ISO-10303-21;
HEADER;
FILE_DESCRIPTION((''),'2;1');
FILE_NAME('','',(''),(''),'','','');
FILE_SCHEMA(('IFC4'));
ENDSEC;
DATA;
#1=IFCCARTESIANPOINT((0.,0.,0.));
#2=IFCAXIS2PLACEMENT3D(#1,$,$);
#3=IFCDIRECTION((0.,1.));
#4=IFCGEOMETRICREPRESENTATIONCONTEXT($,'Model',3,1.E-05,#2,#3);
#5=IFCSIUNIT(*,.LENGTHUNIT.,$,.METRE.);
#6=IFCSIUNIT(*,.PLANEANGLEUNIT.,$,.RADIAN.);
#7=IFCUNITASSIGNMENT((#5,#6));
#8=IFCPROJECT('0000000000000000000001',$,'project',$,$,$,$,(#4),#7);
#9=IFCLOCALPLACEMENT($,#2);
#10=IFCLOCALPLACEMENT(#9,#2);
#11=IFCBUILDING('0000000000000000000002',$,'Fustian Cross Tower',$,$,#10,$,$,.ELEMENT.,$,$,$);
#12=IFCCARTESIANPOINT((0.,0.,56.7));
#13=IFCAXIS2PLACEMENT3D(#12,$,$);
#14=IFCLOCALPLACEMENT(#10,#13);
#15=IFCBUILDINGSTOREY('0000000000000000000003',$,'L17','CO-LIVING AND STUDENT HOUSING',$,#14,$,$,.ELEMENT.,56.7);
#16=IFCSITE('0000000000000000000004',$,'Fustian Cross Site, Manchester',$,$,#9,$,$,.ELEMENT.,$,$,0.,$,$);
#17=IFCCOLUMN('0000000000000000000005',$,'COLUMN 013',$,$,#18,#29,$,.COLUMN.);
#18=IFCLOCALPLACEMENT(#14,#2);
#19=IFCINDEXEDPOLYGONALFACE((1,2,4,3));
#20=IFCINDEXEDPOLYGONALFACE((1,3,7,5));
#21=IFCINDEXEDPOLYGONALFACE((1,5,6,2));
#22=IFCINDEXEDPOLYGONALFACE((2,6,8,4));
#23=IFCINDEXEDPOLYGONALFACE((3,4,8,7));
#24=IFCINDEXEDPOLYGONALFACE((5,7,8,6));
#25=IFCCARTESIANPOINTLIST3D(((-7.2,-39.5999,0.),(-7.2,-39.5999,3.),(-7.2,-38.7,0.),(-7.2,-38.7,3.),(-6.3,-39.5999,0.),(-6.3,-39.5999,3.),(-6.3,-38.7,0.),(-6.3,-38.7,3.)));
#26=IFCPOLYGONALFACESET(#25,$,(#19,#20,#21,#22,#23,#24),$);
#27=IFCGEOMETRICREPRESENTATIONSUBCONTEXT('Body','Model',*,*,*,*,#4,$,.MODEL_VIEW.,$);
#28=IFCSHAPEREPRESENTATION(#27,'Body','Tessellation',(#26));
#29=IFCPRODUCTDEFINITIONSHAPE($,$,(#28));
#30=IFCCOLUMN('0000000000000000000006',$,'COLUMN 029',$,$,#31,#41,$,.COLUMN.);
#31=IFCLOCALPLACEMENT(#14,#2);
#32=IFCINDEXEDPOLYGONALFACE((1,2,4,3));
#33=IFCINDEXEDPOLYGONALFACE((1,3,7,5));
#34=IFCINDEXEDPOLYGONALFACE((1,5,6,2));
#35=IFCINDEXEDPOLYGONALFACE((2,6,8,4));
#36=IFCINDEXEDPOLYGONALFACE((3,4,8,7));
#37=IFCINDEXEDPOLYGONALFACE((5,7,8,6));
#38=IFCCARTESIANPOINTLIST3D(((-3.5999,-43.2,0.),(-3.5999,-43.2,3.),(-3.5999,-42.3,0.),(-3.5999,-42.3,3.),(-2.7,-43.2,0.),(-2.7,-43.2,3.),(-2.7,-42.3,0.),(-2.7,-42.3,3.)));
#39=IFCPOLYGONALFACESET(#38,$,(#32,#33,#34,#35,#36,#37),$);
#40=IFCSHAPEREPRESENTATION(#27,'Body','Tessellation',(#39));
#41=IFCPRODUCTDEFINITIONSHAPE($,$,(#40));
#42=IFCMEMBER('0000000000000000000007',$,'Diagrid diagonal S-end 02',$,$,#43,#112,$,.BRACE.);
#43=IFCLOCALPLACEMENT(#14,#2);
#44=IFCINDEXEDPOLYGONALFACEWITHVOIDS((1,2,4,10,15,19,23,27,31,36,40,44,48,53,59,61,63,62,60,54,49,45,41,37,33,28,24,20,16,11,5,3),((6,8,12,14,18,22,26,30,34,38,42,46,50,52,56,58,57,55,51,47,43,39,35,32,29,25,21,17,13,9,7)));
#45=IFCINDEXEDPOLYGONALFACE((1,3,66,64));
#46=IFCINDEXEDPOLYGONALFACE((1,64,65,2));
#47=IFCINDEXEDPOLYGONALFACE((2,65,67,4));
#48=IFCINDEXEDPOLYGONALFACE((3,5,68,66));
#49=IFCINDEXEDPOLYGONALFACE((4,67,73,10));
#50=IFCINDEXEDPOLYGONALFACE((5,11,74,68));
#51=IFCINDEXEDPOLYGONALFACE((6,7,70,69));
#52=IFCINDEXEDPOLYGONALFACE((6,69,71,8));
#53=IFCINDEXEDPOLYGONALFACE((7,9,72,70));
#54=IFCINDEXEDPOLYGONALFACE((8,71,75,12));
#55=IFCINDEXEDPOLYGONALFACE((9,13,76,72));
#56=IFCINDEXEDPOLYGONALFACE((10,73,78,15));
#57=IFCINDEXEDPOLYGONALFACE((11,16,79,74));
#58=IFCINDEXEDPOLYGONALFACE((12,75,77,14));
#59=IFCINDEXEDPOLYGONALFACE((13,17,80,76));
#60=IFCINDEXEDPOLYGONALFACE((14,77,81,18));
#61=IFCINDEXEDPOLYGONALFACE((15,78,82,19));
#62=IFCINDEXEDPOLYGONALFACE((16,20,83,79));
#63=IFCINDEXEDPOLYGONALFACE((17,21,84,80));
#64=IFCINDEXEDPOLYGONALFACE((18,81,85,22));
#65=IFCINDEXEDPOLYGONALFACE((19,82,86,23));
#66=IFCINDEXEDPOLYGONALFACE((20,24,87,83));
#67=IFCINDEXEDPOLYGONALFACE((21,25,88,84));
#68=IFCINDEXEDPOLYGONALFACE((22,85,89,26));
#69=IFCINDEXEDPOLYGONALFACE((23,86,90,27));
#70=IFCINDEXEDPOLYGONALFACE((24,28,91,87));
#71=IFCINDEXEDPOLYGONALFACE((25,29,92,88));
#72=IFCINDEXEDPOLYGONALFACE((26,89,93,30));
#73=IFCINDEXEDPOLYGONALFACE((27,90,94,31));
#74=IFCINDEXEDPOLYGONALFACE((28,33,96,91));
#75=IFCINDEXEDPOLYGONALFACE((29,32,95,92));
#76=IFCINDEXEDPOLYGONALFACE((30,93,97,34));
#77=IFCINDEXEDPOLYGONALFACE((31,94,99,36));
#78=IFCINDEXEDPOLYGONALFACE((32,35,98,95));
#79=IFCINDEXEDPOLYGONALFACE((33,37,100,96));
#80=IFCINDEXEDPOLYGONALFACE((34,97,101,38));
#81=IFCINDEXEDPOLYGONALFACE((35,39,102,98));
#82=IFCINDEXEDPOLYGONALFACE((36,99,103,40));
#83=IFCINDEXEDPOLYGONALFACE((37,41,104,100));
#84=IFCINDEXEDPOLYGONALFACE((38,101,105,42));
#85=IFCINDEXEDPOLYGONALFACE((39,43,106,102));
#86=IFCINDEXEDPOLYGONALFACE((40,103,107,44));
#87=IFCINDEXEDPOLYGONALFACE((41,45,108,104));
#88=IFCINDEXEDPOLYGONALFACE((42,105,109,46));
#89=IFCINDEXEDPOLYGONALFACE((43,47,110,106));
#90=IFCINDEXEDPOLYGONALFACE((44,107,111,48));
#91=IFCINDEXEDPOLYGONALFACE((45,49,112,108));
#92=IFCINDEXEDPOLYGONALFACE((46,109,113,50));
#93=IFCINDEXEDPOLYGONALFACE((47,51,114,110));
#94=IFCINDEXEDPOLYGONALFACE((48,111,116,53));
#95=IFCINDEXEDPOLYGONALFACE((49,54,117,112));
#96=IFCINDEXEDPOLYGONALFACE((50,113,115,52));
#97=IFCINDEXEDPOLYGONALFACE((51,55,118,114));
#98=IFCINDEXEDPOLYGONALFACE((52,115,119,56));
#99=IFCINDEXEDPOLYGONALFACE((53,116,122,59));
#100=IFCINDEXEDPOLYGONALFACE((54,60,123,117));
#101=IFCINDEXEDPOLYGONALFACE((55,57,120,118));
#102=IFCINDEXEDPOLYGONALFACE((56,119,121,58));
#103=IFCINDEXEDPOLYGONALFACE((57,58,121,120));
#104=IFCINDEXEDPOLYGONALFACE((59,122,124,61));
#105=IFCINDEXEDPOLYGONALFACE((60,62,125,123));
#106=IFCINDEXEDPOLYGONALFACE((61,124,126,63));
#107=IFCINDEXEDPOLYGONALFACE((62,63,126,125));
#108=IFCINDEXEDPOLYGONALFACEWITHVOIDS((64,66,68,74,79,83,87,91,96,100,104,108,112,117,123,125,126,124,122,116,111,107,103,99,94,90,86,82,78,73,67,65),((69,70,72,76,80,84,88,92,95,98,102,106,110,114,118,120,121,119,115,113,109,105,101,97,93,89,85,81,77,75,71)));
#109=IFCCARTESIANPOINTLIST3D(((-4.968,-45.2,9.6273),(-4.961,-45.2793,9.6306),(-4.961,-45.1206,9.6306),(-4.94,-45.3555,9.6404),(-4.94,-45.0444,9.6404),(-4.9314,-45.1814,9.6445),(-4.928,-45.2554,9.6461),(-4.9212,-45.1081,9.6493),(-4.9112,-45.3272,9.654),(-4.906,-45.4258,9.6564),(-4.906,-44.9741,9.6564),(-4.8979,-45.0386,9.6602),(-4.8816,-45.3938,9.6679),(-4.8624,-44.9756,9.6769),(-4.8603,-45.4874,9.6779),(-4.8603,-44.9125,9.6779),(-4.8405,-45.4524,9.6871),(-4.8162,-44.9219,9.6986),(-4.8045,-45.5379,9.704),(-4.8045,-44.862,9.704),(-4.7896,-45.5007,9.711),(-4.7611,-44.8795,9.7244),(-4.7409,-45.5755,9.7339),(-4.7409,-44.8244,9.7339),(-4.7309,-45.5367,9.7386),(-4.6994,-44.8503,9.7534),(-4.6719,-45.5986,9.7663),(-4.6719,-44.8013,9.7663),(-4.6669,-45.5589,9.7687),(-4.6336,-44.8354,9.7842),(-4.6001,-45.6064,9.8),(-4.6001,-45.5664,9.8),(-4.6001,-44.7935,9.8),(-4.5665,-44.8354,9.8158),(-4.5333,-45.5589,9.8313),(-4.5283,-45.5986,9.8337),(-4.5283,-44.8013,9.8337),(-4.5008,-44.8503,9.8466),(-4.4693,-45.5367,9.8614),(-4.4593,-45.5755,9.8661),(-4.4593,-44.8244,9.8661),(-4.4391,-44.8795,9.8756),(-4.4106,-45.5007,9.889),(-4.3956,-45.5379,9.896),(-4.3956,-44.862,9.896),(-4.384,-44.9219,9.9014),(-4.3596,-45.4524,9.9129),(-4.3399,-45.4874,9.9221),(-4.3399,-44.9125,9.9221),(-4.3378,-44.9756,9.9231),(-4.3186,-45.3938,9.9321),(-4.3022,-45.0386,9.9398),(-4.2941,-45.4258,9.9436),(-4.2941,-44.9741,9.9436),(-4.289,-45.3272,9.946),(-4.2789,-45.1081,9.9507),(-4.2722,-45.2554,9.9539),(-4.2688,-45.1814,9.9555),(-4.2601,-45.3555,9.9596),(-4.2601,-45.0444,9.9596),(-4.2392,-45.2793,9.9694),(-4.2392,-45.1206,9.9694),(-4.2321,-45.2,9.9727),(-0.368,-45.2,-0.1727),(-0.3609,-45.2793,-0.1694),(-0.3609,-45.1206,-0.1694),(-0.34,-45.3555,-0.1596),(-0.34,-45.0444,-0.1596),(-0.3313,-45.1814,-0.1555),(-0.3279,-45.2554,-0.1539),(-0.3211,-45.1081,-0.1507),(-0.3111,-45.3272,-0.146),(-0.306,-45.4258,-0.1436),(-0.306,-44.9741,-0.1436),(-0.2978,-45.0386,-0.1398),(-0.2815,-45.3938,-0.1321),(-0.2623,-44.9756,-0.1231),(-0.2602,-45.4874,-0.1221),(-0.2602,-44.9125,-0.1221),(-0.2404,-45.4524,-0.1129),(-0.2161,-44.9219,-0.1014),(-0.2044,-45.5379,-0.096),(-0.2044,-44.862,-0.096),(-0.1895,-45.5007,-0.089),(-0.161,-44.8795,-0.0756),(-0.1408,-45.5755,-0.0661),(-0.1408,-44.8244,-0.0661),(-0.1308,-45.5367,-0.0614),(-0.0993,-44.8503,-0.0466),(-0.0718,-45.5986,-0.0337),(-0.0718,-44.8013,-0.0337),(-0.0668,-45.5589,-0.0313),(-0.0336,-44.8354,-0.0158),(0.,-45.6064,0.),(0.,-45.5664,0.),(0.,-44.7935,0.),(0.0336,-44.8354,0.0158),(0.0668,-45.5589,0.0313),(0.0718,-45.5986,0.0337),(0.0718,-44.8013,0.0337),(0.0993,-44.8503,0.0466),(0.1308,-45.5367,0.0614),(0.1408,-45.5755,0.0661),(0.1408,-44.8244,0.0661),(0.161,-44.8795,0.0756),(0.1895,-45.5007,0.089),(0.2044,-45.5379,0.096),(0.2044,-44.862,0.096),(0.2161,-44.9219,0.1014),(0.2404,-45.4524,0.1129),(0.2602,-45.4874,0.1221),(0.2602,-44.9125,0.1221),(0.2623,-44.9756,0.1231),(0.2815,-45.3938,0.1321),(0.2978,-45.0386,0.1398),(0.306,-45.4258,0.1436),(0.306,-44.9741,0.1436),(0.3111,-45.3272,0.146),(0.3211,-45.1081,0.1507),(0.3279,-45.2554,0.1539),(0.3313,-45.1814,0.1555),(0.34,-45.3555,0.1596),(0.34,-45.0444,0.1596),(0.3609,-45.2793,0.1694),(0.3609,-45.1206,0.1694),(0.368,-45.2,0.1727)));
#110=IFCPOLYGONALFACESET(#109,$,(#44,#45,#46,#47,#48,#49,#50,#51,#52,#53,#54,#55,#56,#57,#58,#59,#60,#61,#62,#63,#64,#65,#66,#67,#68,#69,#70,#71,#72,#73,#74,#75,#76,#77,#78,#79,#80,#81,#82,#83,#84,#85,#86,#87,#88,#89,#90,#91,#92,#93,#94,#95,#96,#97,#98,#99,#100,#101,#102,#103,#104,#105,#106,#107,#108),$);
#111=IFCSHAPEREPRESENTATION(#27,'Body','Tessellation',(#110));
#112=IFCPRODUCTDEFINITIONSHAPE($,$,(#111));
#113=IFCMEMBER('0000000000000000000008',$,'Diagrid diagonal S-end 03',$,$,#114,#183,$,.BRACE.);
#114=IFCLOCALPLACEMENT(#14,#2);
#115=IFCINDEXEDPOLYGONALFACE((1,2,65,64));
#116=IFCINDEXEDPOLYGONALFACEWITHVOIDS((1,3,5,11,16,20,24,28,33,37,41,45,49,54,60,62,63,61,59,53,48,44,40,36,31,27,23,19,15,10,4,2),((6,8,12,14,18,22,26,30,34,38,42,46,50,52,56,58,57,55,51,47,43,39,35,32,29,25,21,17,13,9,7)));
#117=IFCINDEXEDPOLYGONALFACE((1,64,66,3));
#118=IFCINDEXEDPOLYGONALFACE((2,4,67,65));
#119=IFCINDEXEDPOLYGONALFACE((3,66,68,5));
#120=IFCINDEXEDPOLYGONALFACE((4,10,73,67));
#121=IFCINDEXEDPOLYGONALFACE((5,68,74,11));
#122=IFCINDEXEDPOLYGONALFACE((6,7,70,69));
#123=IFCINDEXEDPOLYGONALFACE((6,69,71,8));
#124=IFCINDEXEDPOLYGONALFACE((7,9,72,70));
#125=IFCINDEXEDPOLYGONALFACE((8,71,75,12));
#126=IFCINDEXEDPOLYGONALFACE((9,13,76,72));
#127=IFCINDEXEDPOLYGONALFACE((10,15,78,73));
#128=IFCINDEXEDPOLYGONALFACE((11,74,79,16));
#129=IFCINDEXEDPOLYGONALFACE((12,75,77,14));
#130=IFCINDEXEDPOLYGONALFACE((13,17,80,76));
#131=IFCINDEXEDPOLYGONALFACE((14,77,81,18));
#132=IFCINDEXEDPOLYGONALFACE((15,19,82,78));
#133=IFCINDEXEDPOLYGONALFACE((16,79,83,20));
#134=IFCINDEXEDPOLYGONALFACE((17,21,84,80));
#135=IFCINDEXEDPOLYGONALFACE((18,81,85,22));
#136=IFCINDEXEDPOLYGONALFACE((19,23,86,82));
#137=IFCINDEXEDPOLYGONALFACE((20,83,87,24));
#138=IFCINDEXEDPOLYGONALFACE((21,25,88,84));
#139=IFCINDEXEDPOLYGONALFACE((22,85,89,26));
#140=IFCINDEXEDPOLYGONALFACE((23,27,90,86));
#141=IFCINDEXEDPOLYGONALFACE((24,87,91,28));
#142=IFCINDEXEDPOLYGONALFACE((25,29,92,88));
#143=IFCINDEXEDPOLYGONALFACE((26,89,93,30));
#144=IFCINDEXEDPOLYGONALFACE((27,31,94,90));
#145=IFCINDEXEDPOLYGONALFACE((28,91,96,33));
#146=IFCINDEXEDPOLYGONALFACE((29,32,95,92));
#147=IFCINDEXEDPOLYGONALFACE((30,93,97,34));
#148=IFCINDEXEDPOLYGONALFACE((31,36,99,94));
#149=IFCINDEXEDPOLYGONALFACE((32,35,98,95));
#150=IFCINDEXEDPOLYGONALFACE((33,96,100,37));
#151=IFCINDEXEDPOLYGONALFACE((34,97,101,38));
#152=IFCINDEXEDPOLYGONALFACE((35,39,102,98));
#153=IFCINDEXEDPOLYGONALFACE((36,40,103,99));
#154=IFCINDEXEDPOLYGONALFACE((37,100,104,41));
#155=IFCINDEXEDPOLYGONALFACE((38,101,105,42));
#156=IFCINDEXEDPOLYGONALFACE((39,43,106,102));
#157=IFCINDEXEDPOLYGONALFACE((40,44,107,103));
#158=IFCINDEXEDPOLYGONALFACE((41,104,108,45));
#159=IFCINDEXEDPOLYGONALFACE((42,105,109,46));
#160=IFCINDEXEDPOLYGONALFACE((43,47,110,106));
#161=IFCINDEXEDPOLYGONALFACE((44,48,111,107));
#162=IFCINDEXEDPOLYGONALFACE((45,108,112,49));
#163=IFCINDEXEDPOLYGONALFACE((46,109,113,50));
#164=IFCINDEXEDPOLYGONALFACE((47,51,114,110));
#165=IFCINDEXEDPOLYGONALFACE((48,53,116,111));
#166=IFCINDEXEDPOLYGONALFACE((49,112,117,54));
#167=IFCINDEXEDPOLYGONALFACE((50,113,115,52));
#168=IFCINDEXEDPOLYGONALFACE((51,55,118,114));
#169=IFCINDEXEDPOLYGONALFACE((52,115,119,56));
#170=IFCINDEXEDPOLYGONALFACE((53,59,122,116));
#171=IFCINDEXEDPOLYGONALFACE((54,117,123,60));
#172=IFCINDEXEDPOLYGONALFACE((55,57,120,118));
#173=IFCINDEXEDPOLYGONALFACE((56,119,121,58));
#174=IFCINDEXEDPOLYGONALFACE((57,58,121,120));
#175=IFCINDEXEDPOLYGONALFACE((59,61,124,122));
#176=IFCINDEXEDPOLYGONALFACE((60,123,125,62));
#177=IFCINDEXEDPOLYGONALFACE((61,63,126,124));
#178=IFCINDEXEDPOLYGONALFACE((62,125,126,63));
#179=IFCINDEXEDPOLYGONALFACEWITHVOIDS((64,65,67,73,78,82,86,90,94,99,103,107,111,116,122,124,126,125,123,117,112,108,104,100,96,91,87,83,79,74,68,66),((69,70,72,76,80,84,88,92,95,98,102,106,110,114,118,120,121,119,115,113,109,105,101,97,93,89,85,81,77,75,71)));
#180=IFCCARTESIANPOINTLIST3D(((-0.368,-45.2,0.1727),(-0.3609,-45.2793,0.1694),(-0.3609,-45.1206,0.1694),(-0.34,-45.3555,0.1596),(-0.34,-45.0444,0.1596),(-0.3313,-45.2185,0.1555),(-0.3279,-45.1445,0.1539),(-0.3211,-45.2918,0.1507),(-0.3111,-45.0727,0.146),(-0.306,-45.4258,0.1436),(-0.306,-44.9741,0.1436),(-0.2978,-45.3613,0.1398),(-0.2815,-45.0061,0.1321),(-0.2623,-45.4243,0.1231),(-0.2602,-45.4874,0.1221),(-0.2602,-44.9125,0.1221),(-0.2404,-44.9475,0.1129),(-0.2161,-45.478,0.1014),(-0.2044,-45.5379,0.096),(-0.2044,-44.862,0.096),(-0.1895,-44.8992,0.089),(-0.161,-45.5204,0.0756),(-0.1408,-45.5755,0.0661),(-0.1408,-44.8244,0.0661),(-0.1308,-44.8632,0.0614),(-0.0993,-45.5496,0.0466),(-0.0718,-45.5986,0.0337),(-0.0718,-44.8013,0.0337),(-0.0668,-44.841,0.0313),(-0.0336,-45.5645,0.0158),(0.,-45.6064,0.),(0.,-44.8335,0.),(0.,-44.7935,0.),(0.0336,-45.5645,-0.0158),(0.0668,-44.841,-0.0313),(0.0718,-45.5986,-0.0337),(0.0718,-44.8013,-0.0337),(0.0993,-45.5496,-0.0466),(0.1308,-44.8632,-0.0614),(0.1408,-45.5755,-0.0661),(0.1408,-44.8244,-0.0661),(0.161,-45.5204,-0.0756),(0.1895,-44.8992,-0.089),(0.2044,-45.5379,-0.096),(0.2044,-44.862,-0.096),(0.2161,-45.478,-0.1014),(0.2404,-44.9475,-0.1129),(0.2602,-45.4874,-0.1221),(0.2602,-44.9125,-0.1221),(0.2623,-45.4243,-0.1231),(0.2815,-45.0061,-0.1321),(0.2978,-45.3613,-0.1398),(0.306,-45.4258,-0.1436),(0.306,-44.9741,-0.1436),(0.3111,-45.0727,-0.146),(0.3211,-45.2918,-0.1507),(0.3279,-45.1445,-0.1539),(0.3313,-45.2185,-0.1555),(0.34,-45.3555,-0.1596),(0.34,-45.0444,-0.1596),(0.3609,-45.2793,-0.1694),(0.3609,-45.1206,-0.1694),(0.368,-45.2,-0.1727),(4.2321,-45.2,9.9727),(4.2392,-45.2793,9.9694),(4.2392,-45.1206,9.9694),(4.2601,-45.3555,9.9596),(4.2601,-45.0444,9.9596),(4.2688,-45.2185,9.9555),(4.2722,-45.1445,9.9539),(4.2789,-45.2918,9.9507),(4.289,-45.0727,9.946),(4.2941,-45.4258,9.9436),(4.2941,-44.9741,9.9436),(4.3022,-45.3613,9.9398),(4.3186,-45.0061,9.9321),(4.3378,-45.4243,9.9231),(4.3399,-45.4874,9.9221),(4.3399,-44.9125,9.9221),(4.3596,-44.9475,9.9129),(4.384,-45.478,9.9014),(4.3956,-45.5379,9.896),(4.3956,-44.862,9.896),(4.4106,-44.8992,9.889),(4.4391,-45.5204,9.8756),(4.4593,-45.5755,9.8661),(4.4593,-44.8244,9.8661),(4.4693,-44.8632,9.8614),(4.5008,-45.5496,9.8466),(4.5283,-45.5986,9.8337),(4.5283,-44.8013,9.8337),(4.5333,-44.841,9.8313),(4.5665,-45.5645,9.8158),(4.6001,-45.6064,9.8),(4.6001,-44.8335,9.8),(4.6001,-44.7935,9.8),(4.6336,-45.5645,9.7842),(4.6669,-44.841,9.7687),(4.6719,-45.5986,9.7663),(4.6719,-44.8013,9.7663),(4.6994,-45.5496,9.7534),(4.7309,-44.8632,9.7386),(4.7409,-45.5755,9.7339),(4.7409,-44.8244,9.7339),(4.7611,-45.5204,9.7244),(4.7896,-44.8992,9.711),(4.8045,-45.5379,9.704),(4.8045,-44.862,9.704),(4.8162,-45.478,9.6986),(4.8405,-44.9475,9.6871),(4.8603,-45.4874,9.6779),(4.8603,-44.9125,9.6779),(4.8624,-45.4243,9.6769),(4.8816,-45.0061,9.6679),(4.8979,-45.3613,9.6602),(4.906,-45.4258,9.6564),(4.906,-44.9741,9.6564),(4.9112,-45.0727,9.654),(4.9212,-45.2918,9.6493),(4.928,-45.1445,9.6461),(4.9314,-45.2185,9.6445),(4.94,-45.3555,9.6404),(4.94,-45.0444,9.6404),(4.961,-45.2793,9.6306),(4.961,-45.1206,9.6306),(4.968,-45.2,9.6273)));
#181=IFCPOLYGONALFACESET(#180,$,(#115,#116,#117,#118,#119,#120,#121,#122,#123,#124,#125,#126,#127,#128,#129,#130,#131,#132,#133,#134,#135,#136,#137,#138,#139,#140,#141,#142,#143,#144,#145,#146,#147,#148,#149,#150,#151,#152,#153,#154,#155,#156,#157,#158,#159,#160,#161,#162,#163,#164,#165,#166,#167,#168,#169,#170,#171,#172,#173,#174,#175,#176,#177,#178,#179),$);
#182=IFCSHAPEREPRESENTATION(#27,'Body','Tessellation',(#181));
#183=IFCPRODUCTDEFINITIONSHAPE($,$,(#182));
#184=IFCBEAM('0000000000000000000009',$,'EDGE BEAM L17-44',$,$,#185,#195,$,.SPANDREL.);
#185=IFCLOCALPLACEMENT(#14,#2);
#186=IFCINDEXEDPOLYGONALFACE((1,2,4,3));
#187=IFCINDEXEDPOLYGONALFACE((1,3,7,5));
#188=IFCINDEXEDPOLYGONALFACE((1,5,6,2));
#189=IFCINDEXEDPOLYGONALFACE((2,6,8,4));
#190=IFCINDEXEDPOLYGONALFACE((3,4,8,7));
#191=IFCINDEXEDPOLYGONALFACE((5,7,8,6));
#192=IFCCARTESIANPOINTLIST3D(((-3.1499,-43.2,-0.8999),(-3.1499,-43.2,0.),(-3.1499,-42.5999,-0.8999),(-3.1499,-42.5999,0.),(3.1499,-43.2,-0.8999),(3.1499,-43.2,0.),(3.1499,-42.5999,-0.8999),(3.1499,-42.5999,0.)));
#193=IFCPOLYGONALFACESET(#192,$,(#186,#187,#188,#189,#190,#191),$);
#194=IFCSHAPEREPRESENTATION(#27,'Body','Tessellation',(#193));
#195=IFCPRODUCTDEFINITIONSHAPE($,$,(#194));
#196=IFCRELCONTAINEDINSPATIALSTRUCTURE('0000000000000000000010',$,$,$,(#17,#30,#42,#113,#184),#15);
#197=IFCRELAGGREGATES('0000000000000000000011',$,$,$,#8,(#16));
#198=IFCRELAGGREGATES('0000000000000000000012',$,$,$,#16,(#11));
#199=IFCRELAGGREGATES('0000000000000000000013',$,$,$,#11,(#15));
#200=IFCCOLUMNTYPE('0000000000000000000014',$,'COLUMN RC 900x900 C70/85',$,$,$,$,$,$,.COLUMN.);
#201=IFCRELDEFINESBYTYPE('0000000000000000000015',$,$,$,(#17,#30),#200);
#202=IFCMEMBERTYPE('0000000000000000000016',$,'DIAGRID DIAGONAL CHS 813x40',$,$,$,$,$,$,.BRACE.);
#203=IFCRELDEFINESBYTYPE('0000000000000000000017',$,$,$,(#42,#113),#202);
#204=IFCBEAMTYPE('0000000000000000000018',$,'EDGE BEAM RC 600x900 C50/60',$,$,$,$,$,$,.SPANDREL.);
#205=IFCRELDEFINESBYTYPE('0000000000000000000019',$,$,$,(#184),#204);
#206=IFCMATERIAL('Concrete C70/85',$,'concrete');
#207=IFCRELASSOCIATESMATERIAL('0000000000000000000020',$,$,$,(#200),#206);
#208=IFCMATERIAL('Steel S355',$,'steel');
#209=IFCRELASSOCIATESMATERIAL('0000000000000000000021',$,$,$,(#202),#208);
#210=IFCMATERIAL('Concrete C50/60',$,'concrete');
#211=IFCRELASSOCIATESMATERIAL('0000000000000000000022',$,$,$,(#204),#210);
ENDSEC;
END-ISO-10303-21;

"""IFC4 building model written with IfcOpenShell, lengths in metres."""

from ifc_helpers import new_model, si_unit, direction, frame, origin, origin_2d, place, context, subcontext, project, spatial, rectangle, hollow_circle, extrude, material, material_profile, profile_set, type_object, element, save


model = new_model("IFC4")

# Units and contexts
model_context = context("Model", 3, precision=1e-05, world=origin(), true_north=direction((0.0, 1.0)))
body_context = subcontext(model_context, "Body", "Model", "MODEL_VIEW")
ifc_project = project(units=[si_unit("LENGTHUNIT", "METRE"), si_unit("PLANEANGLEUNIT", "RADIAN")], contexts=[model_context])

# Site, building, storey
site_placement = place(None, origin())
site = spatial("IfcSite", under=ifc_project, at=site_placement, Name="Fustian Cross Site, Manchester", CompositionType="ELEMENT", RefElevation=0.0)
building_placement = place(site_placement, origin())
building = spatial("IfcBuilding", under=site, at=building_placement, Name="Fustian Cross Tower", CompositionType="ELEMENT")
storey_placement = place(building_placement, frame((0.0, 0.0, 56.7)))
storey = spatial("IfcBuildingStorey", under=building, at=storey_placement, Name="L17", Description="CO-LIVING AND STUDENT HOUSING", CompositionType="ELEMENT", Elevation=56.7)

# Columns
ifc_material_1 = material(Name="Concrete C70/85", Category="concrete")
ifc_material_profile_1 = material_profile(ifc_material_1, rectangle(XDim=0.8999, YDim=0.8999, at=origin_2d()), Name="RC 900x900")
ifc_profile_set_1 = profile_set([ifc_material_profile_1], Name="Concrete C70/85")
column_type = type_object("IfcColumnType", Name="COLUMN RC 900x900 C70/85", PredefinedType="COLUMN", material=ifc_profile_set_1)
for number, where, z_axis, x_axis, name in (
    (1, (-6.75, -39.1499, 0.0), (0.0, 0.0, 1.0), (1.0, 0.0, 0.0), "COLUMN 013"),
    (2, (-3.1499, -42.75, 0.0), (0.0, 0.0, 1.0), (1.0, 0.0, 0.0), "COLUMN 029"),
):
    element("IfcColumn", number, at=place(storey_placement, frame(where, z_axis=z_axis, x_axis=x_axis)), inside=storey, type_object=column_type, Name=name, PredefinedType="COLUMN", context=body_context, shape_type="SweptSolid", body=[
        extrude(rectangle(XDim=0.8999, YDim=0.8999, at=origin_2d()), origin(), (0.0, 0.0, 1.0), 3.0),
    ])

# Members
ifc_material_2 = material(Name="Steel S355", Category="steel")
ifc_material_profile_2 = material_profile(ifc_material_2, hollow_circle(Radius=0.4065, WallThickness=0.04, at=origin_2d()), Name="CHS 813x40")
ifc_profile_set_2 = profile_set([ifc_material_profile_2], Name="Steel S355")
member_type = type_object("IfcMemberType", Name="DIAGRID DIAGONAL CHS 813x40", PredefinedType="BRACE", material=ifc_profile_set_2)
for number, where, z_axis, x_axis, name in (
    (3, (0.0, -45.2, 0.0), (-0.424913, 0.0, 0.905234), (0.0, -1.0, 0.0), "Diagrid diagonal S-end 02"),
    (4, (0.0, -45.2, 0.0), (0.424913, 0.0, 0.905234), (0.0, 1.0, 0.0), "Diagrid diagonal S-end 03"),
):
    element("IfcMember", number, at=place(storey_placement, frame(where, z_axis=z_axis, x_axis=x_axis)), inside=storey, type_object=member_type, Name=name, PredefinedType="BRACE", context=body_context, shape_type="SweptSolid", body=[
        extrude(hollow_circle(Radius=0.4065, WallThickness=0.04, at=origin_2d()), origin(), (0.0, 0.0, 1.0), 10.8259),
    ])

# Beam
ifc_material_3 = material(Name="Concrete C50/60", Category="concrete")
ifc_material_profile_3 = material_profile(ifc_material_3, rectangle(XDim=0.6001, YDim=0.8999, at=origin_2d()), Name="RC 600x900")
ifc_profile_set_3 = profile_set([ifc_material_profile_3], Name="Concrete C50/60")
beam_type = type_object("IfcBeamType", Name="EDGE BEAM RC 600x900 C50/60", PredefinedType="SPANDREL", material=ifc_profile_set_3)
beam_placement = place(storey_placement, frame((-3.1499, -42.8999, -0.45), z_axis=(1.0, 0.0, 0.0), x_axis=(0.0, 1.0, 0.0)))
element("IfcBeam", 5, at=beam_placement, inside=storey, type_object=beam_type, Name="EDGE BEAM L17-44", PredefinedType="SPANDREL", context=body_context, shape_type="SweptSolid", body=[
    extrude(rectangle(XDim=0.6001, YDim=0.8999, at=origin_2d()), origin(), (0.0, 0.0, 1.0), 6.2998),
])

save(model, "model.ifc")
